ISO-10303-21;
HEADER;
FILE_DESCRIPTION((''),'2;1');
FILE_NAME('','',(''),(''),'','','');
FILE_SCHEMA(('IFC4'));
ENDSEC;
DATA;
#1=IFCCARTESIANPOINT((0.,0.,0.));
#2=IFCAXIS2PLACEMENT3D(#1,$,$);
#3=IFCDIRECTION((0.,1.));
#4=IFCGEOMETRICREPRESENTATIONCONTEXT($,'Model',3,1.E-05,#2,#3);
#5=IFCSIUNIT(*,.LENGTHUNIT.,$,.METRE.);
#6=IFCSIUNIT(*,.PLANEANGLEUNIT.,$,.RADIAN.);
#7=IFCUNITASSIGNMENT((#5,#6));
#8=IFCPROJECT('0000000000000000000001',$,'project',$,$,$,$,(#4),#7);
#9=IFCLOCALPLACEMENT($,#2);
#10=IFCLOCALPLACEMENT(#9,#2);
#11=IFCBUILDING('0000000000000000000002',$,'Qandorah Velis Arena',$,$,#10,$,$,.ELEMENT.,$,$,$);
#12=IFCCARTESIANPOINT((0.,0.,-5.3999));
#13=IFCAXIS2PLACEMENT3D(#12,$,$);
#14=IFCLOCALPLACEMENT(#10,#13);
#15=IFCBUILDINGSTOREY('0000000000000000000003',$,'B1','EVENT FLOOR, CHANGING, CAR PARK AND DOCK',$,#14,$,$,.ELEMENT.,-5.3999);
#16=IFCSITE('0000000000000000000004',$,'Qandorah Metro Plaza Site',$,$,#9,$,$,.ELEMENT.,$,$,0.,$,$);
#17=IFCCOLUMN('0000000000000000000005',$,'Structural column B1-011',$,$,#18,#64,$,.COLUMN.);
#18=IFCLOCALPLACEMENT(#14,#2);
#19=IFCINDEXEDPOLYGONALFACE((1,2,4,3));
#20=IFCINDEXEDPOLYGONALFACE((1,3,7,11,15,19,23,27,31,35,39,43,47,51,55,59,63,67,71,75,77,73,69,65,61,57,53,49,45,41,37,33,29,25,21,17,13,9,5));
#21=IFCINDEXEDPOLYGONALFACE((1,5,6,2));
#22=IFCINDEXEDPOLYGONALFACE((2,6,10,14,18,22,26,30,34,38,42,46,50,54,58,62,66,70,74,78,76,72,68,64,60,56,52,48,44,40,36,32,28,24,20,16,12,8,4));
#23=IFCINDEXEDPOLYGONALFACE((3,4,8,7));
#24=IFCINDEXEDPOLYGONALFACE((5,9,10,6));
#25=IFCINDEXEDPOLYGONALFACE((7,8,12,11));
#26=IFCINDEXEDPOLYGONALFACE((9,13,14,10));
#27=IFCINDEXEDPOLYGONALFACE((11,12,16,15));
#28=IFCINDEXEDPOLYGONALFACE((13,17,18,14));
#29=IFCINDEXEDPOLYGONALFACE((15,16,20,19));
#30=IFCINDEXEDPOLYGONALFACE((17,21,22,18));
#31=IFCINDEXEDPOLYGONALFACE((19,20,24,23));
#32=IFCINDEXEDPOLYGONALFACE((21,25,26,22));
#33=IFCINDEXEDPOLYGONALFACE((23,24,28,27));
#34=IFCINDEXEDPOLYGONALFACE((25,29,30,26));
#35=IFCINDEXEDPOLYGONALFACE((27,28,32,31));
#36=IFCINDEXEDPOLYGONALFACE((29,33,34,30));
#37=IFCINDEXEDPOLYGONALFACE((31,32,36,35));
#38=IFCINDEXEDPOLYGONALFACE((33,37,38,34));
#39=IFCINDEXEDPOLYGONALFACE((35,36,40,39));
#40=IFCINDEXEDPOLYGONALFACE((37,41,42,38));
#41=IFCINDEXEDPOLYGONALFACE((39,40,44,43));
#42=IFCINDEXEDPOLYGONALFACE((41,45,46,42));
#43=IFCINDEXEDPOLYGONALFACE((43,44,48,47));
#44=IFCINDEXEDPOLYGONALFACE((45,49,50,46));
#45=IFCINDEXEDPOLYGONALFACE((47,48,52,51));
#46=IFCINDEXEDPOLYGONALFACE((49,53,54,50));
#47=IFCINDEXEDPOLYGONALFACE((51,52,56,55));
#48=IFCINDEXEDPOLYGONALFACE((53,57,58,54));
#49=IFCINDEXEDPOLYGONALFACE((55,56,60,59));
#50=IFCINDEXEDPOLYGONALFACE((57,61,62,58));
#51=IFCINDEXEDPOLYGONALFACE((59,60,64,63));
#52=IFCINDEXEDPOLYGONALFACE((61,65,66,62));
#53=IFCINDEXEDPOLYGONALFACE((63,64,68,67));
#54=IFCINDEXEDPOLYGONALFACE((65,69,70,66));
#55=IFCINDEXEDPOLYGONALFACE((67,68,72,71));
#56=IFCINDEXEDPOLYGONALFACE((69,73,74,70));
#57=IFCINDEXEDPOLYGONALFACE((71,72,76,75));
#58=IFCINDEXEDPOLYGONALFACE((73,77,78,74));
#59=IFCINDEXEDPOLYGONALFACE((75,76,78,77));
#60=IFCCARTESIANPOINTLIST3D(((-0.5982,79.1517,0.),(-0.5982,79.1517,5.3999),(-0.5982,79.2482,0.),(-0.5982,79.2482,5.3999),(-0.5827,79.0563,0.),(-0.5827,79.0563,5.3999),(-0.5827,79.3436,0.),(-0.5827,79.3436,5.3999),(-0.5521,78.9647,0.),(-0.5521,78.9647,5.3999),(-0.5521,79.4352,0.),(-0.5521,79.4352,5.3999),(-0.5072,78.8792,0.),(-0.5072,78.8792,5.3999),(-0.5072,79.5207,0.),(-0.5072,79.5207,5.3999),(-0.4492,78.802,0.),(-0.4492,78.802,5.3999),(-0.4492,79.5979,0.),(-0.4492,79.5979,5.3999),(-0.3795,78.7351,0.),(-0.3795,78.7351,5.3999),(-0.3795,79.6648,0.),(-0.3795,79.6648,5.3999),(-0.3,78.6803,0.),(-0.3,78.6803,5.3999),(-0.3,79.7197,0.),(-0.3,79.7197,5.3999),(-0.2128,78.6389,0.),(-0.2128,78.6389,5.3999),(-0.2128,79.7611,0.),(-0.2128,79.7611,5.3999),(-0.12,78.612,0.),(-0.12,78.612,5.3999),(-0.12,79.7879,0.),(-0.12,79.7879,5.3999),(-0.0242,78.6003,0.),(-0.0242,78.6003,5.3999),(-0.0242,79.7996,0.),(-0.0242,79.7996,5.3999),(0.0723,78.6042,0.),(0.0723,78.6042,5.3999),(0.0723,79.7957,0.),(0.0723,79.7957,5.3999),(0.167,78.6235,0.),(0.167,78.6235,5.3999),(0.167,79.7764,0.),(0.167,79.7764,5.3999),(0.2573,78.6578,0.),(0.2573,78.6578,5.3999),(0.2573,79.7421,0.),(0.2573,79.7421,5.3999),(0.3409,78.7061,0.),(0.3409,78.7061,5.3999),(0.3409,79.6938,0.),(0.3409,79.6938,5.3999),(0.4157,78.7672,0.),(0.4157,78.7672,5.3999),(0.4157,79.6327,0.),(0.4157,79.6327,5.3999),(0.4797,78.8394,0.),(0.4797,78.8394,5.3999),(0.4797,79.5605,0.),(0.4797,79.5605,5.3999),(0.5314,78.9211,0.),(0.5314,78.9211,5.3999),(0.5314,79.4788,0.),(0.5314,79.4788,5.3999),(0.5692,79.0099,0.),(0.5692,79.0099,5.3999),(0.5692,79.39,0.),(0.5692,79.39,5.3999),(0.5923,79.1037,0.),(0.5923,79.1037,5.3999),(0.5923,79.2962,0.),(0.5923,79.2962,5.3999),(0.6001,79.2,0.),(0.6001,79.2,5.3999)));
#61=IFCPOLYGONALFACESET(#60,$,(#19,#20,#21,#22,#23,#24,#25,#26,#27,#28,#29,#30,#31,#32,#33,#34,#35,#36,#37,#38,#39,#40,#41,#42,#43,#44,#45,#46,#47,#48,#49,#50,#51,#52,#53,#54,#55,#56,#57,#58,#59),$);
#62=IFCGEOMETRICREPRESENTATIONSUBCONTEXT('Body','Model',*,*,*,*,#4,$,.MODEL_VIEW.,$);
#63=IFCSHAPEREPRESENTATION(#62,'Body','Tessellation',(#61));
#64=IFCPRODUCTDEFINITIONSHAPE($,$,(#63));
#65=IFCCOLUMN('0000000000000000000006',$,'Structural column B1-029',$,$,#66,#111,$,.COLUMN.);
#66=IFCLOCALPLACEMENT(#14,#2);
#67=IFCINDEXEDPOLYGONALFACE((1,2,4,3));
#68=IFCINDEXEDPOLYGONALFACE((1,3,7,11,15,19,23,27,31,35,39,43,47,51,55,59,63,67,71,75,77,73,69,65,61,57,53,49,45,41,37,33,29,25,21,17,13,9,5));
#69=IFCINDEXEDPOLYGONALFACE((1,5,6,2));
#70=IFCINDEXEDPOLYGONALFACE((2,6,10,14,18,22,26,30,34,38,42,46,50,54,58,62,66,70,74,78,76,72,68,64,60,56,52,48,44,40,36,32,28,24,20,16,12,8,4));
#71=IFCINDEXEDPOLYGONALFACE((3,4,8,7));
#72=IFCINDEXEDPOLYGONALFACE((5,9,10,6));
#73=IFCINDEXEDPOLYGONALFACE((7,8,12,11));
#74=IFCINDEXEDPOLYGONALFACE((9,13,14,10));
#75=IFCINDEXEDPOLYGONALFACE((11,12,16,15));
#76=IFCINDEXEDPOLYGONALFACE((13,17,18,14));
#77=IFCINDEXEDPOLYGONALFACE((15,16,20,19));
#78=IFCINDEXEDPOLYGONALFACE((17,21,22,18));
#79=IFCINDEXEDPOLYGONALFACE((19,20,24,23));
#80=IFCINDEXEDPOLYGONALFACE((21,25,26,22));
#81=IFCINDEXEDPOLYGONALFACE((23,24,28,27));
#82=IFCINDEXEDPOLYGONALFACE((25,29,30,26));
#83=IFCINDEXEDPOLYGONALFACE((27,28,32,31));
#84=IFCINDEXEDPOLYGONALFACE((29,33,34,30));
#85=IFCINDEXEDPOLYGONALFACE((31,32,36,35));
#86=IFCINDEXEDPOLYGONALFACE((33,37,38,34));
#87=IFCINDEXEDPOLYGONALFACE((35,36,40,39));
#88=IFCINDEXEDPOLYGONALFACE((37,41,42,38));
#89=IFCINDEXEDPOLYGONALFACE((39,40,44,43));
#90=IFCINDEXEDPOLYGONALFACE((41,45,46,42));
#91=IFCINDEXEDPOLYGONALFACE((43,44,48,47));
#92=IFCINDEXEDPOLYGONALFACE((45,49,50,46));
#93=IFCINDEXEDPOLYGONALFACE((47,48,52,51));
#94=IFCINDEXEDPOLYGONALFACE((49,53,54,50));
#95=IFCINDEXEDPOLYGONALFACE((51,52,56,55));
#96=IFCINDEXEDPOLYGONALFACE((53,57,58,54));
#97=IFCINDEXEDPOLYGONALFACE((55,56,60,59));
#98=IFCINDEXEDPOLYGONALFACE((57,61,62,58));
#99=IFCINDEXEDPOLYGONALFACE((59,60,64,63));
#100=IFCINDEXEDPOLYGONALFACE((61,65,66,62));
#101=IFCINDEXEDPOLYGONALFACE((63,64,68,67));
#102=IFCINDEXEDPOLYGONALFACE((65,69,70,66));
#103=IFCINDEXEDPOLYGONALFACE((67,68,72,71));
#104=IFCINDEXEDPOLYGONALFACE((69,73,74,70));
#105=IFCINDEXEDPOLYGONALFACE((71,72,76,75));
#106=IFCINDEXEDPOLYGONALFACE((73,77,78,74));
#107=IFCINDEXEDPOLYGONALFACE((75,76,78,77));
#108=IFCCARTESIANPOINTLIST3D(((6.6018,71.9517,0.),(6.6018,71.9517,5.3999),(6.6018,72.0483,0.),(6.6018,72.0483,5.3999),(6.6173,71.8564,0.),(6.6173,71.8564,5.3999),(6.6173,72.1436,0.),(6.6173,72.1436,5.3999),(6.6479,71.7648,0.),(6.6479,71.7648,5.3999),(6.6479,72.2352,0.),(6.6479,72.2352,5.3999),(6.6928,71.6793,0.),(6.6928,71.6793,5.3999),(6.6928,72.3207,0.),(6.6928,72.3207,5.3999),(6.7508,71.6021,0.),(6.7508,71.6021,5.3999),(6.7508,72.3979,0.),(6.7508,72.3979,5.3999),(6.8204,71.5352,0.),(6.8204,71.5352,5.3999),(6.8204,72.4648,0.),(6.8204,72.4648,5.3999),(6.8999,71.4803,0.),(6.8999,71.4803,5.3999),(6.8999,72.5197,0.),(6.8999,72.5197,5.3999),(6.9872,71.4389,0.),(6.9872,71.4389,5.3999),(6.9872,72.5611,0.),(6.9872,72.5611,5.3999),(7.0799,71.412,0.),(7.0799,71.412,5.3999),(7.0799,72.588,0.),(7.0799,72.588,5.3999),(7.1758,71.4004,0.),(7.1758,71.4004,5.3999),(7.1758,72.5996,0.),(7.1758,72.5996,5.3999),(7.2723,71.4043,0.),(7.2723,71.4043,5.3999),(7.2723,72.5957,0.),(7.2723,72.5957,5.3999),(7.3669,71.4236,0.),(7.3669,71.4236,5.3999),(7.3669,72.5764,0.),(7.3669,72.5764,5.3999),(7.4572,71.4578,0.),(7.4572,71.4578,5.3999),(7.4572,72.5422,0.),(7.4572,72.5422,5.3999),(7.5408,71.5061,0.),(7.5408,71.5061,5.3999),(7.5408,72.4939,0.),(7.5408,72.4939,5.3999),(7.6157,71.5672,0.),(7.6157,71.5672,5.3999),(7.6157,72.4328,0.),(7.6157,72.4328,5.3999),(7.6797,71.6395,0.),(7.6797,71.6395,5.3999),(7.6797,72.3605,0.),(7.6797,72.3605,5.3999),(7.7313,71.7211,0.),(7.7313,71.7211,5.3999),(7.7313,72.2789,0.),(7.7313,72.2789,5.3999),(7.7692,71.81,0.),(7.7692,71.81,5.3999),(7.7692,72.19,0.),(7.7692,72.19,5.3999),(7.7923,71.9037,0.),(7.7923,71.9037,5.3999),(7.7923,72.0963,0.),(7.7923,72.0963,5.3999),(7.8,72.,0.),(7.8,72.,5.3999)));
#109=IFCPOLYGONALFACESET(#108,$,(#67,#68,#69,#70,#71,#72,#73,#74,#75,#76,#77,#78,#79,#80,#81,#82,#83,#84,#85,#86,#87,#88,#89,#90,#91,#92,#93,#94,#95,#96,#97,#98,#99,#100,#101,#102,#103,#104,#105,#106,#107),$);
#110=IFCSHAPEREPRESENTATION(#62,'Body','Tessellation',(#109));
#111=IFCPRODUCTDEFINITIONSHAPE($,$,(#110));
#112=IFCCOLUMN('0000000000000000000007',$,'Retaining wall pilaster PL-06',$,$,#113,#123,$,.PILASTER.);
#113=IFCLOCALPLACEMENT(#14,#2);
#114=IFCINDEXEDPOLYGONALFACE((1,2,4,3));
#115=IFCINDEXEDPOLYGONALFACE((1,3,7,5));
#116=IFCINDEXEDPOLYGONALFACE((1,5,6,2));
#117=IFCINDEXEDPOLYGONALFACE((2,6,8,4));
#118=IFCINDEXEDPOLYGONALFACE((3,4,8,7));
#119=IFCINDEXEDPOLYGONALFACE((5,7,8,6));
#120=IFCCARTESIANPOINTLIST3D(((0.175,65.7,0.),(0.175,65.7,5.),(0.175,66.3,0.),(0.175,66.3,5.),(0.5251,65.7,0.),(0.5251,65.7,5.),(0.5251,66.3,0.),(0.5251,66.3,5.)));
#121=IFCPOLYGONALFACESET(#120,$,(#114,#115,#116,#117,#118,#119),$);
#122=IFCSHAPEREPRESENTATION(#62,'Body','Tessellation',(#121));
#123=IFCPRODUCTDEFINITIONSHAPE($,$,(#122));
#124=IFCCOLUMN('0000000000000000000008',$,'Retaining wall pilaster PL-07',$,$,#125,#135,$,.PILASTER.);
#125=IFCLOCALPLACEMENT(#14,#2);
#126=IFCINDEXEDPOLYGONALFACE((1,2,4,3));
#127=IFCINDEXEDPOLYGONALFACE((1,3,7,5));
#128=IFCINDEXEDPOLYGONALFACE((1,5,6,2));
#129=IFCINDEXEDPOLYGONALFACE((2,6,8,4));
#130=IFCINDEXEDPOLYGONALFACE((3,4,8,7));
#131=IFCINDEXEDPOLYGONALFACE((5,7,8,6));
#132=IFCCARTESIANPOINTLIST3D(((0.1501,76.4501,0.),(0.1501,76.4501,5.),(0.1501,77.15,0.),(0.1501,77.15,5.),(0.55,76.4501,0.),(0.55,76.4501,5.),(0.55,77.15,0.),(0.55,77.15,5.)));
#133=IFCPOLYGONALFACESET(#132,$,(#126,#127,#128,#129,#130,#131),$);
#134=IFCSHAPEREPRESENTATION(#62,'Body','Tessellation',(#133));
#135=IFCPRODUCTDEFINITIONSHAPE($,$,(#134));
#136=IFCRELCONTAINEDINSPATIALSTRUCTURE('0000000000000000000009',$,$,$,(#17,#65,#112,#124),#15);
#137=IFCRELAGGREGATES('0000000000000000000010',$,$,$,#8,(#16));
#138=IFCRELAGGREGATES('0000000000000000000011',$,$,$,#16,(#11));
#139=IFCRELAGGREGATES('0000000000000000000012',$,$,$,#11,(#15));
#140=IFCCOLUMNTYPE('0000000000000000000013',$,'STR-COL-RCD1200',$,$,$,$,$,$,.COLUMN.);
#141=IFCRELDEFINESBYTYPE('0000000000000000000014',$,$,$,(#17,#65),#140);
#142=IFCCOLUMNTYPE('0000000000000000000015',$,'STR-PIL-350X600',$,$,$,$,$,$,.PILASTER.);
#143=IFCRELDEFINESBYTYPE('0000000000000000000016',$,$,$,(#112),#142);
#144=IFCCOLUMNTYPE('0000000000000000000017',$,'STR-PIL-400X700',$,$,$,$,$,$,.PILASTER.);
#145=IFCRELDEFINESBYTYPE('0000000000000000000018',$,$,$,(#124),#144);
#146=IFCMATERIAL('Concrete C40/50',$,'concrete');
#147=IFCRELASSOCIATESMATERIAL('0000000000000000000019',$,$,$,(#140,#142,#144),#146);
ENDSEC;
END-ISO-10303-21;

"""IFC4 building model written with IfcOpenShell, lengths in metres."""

from ifc_helpers import new_model, si_unit, direction, frame, origin, origin_2d, place, context, subcontext, project, spatial, rectangle, circle, extrude, material, material_profile, profile_set, type_object, element, save


model = new_model("IFC4")

# Units and contexts
model_context = context("Model", 3, precision=1e-05, world=origin(), true_north=direction((0.0, 1.0)))
body_context = subcontext(model_context, "Body", "Model", "MODEL_VIEW")
ifc_project = project(units=[si_unit("LENGTHUNIT", "METRE"), si_unit("PLANEANGLEUNIT", "RADIAN")], contexts=[model_context])

# Site, building, storey
site_placement = place(None, origin())
site = spatial("IfcSite", under=ifc_project, at=site_placement, Name="Qandorah Metro Plaza Site", CompositionType="ELEMENT", RefElevation=0.0)
building_placement = place(site_placement, origin())
building = spatial("IfcBuilding", under=site, at=building_placement, Name="Qandorah Velis Arena", CompositionType="ELEMENT")
storey_placement = place(building_placement, frame((0.0, 0.0, -5.3999)))
storey = spatial("IfcBuildingStorey", under=building, at=storey_placement, Name="B1", Description="EVENT FLOOR, CHANGING, CAR PARK AND DOCK", CompositionType="ELEMENT", Elevation=-5.3999)

# Shared definitions
ifc_material = material(Name="Concrete C40/50", Category="concrete")

# Columns
ifc_material_profile_1 = material_profile(ifc_material, circle(Radius=0.6001, at=origin_2d()), Name="RC D1200")
ifc_profile_set_1 = profile_set([ifc_material_profile_1], Name="Concrete C40/50")
column_type_1 = type_object("IfcColumnType", Name="STR-COL-RCD1200", PredefinedType="COLUMN", material=ifc_profile_set_1)
for number, where, z_axis, x_axis, name in (
    (1, (0.0, 79.2, 0.0), (0.0, 0.0, 1.0), (1.0, 0.0, 0.0), "Structural column B1-011"),
    (2, (7.2, 72.0, 0.0), (0.0, 0.0, 1.0), (1.0, 0.0, 0.0), "Structural column B1-029"),
):
    element("IfcColumn", number, at=place(storey_placement, frame(where, z_axis=z_axis, x_axis=x_axis)), inside=storey, type_object=column_type_1, Name=name, PredefinedType="COLUMN", context=body_context, shape_type="SweptSolid", body=[
        extrude(circle(Radius=0.6001, at=origin_2d()), origin(), (0.0, 0.0, 1.0), 5.3999),
    ])
ifc_material_profile_2 = material_profile(ifc_material, rectangle(XDim=0.3501, YDim=0.6001, at=origin_2d()), Name="RC PIL 350x600")
ifc_profile_set_2 = profile_set([ifc_material_profile_2], Name="Concrete C40/50")
column_type_2 = type_object("IfcColumnType", Name="STR-PIL-350X600", PredefinedType="PILASTER", material=ifc_profile_set_2)
column_1_placement = place(storey_placement, frame((0.3501, 66.0, 0.0), z_axis=(0.0, 0.0, 1.0), x_axis=(1.0, 0.0, 0.0)))
element("IfcColumn", 3, at=column_1_placement, inside=storey, type_object=column_type_2, Name="Retaining wall pilaster PL-06", PredefinedType="PILASTER", context=body_context, shape_type="SweptSolid", body=[
    extrude(rectangle(XDim=0.3501, YDim=0.6001, at=origin_2d()), origin(), (0.0, 0.0, 1.0), 5.0),
])
ifc_material_profile_3 = material_profile(ifc_material, rectangle(XDim=0.3999, YDim=0.7, at=origin_2d()), Name="RC PIL 400x700")
ifc_profile_set_3 = profile_set([ifc_material_profile_3], Name="Concrete C40/50")
column_type_3 = type_object("IfcColumnType", Name="STR-PIL-400X700", PredefinedType="PILASTER", material=ifc_profile_set_3)
column_2_placement = place(storey_placement, frame((0.3501, 76.8, 0.0), z_axis=(0.0, 0.0, 1.0), x_axis=(1.0, 0.0, 0.0)))
element("IfcColumn", 4, at=column_2_placement, inside=storey, type_object=column_type_3, Name="Retaining wall pilaster PL-07", PredefinedType="PILASTER", context=body_context, shape_type="SweptSolid", body=[
    extrude(rectangle(XDim=0.3999, YDim=0.7, at=origin_2d()), origin(), (0.0, 0.0, 1.0), 5.0),
])

save(model, "model.ifc")
